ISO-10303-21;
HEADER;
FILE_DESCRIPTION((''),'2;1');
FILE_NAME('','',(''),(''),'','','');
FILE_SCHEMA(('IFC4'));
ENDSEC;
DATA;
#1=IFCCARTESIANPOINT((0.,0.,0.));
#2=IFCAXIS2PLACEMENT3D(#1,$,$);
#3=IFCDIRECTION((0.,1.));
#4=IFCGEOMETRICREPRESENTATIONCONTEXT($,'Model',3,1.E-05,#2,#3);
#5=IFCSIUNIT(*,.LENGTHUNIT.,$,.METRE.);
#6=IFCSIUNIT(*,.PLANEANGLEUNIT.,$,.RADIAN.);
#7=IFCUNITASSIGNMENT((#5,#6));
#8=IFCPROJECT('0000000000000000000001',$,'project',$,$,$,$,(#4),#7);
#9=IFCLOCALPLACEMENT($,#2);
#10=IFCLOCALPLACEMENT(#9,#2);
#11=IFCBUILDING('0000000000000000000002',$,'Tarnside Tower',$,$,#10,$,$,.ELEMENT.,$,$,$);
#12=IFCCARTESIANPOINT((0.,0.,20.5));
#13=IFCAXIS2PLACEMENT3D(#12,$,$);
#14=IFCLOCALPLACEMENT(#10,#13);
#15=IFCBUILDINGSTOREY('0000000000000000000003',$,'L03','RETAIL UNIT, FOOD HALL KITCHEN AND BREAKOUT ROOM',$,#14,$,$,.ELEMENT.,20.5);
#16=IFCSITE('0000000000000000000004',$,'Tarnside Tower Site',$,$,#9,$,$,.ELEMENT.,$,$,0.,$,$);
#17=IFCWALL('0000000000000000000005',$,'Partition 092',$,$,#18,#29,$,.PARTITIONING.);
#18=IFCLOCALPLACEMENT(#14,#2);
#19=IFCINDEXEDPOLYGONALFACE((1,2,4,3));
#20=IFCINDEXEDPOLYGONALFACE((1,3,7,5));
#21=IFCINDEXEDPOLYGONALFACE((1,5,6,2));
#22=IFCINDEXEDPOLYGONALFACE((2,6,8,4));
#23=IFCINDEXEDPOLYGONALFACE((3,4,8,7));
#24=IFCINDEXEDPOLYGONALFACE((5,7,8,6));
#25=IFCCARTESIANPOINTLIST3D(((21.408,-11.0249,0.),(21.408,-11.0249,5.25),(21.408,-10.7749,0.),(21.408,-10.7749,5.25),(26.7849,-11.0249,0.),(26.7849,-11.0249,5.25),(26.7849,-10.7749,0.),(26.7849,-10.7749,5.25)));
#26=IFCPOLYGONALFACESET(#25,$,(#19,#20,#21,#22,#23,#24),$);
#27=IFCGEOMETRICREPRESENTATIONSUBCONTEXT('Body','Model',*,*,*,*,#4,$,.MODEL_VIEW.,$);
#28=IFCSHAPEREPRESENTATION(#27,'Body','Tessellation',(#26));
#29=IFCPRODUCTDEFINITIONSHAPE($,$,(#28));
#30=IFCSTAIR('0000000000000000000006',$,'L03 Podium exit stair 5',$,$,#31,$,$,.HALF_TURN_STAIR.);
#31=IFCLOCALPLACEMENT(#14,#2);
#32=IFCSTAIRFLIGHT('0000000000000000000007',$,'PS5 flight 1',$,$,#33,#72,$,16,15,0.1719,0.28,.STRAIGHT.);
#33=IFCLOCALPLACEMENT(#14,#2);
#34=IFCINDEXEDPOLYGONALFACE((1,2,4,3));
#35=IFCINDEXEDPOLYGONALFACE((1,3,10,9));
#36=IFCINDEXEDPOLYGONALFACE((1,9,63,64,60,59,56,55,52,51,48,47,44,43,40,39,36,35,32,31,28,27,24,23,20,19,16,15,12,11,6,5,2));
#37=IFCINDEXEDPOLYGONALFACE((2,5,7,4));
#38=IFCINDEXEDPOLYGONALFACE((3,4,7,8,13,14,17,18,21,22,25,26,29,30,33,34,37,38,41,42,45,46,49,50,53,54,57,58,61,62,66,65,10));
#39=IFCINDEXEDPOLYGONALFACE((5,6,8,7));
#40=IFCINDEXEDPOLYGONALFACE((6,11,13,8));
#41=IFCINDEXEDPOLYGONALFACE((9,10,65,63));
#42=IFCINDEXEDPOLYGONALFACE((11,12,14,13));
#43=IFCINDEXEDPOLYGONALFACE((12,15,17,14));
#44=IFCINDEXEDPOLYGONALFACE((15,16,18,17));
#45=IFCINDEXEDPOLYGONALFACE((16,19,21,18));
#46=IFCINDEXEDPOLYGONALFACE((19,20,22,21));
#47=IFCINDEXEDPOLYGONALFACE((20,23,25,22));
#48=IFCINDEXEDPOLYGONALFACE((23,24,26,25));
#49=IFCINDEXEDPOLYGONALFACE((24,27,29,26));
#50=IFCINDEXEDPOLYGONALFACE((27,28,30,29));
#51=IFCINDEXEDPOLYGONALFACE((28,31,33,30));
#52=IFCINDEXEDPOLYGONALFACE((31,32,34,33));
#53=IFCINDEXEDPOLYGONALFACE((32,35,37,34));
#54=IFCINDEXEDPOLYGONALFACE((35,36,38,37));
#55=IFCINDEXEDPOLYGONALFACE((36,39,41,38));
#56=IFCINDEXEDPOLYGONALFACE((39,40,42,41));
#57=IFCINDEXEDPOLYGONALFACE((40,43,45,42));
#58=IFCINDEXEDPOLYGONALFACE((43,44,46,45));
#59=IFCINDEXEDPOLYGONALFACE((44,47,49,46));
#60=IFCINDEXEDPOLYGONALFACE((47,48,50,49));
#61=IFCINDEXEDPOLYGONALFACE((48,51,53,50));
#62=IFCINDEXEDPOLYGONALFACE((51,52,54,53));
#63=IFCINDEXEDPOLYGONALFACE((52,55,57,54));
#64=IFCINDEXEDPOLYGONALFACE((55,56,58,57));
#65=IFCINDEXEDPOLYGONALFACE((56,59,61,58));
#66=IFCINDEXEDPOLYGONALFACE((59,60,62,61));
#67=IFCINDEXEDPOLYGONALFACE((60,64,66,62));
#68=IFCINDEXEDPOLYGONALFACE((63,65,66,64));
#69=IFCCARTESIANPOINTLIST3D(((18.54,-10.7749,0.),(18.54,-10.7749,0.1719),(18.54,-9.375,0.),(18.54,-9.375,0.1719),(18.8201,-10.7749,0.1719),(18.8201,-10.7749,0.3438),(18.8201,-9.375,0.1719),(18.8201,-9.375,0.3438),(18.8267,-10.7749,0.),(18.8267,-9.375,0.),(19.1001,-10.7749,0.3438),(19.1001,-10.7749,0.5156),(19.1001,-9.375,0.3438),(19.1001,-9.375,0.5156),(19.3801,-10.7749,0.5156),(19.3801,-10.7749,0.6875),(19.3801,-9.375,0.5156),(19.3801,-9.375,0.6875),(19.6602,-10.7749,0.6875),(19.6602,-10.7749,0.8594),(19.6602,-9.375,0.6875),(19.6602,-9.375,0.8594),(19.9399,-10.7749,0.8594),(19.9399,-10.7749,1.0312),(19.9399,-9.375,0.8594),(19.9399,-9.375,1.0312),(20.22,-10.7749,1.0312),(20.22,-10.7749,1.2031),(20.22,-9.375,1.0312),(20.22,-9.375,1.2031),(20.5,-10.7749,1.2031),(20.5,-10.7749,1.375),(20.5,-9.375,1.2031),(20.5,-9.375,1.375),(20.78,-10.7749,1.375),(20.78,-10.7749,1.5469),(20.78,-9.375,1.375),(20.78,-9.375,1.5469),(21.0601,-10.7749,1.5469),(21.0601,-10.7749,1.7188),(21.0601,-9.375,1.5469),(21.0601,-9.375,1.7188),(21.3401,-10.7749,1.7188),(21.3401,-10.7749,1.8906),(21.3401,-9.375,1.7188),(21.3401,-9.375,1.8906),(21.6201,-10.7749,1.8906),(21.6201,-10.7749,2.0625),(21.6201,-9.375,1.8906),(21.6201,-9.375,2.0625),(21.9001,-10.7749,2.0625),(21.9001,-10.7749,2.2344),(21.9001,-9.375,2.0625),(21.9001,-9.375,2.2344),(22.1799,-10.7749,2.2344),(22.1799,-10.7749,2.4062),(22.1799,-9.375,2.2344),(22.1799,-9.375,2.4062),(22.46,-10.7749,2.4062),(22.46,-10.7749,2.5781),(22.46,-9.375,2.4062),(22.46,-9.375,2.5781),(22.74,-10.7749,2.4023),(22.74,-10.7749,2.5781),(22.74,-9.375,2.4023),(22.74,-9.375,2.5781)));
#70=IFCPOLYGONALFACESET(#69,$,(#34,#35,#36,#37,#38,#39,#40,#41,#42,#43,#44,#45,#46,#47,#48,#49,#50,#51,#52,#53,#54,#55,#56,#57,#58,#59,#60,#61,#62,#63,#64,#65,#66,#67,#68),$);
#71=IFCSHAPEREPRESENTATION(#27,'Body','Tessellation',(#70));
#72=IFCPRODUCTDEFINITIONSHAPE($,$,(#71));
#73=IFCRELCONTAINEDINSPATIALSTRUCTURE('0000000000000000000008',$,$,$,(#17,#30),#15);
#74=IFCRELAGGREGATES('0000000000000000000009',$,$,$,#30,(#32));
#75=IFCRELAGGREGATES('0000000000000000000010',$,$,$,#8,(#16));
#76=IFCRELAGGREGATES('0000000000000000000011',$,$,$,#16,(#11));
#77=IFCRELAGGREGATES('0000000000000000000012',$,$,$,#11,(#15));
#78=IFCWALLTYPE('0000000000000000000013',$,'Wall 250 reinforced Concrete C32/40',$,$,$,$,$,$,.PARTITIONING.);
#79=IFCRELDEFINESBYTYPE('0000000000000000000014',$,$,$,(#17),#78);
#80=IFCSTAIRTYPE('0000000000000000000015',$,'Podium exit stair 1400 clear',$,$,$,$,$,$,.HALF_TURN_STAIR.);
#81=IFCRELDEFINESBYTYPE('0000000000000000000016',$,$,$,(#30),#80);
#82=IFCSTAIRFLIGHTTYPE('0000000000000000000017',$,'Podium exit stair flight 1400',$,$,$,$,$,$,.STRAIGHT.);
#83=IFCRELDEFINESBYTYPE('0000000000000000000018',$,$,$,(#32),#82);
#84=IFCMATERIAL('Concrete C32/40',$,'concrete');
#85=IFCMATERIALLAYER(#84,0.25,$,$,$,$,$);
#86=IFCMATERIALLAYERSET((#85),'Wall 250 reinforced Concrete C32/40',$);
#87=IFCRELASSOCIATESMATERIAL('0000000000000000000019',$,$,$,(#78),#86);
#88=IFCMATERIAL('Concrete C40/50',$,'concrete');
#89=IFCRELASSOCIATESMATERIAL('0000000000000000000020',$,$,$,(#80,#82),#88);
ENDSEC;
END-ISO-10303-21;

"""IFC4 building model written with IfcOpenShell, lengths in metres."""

from ifc_helpers import new_model, si_unit, direction, frame, frame_2d, origin, place, context, subcontext, project, spatial, polyline, rectangle, outline, extrude, material, layer, layer_set, type_object, element, aggregate, save


model = new_model("IFC4")

# Units and contexts
model_context = context("Model", 3, precision=1e-05, world=origin(), true_north=direction((0.0, 1.0)))
body_context = subcontext(model_context, "Body", "Model", "MODEL_VIEW")
ifc_project = project(units=[si_unit("LENGTHUNIT", "METRE"), si_unit("PLANEANGLEUNIT", "RADIAN")], contexts=[model_context])

# Site, building, storey
site_placement = place(None, origin())
site = spatial("IfcSite", under=ifc_project, at=site_placement, Name="Tarnside Tower Site", CompositionType="ELEMENT", RefElevation=0.0)
building_placement = place(site_placement, origin())
building = spatial("IfcBuilding", under=site, at=building_placement, Name="Tarnside Tower", CompositionType="ELEMENT")
storey_placement = place(building_placement, frame((0.0, 0.0, 20.5)))
storey = spatial("IfcBuildingStorey", under=building, at=storey_placement, Name="L03", Description="RETAIL UNIT, FOOD HALL KITCHEN AND BREAKOUT ROOM", CompositionType="ELEMENT", Elevation=20.5)

# Wall
ifc_material_1 = material(Name="Concrete C32/40", Category="concrete")
ifc_layer_1 = layer(ifc_material_1, 0.25)
ifc_layer_set_1 = layer_set([ifc_layer_1], Name="Wall 250 reinforced Concrete C32/40")
wall_type_1 = type_object("IfcWallType", Name="Wall 250 reinforced Concrete C32/40", PredefinedType="PARTITIONING", material=ifc_layer_set_1)
wall_1_placement = place(storey_placement, frame((26.7849, -10.8999, 0.0), z_axis=(0.0, 0.0, 1.0), x_axis=(-1.0, 0.0, 0.0)))
element("IfcWall", 1, at=wall_1_placement, inside=storey, type_object=wall_type_1, Name="Partition 092", PredefinedType="PARTITIONING", context=body_context, shape_type="SweptSolid", body=[
    extrude(rectangle(XDim=5.377, YDim=0.25, at=frame_2d((2.6885, 0.0))), origin(), (0.0, 0.0, 1.0), 5.25),
])

# Stair, stair flight
ifc_material_2 = material(Name="Concrete C40/50", Category="concrete")
stair_type = type_object("IfcStairType", Name="Podium exit stair 1400 clear", PredefinedType="HALF_TURN_STAIR", material=ifc_material_2)
stair_placement = place(storey_placement, origin())
stair = element("IfcStair", 2, at=stair_placement, inside=storey, type_object=stair_type, Name="L03 Podium exit stair 5", PredefinedType="HALF_TURN_STAIR")
stair_flight_type = type_object("IfcStairFlightType", Name="Podium exit stair flight 1400", PredefinedType="STRAIGHT", material=ifc_material_2)
stair_flight_placement = place(storey_placement, frame((18.54, -10.075, 0.0), z_axis=(0.0, 0.0, 1.0), x_axis=(1.0, 0.0, 0.0)))
stair_flight = element("IfcStairFlight", 3, at=stair_flight_placement, type_object=stair_flight_type, Name="PS5 flight 1", NumberOfRisers=16, NumberOfTreads=15, PredefinedType="STRAIGHT", RiserHeight=0.1719, TreadLength=0.28, context=body_context, shape_type="SweptSolid", body=[
    extrude(outline(polyline([(0.0, 0.0), (0.0, 0.1719), (0.28, 0.1719), (0.28, 0.3438), (0.5601, 0.3438), (0.5601, 0.5156), (0.8401, 0.5156), (0.8401, 0.6875), (1.1201, 0.6875), (1.1201, 0.8594), (1.3999, 0.8594), (1.3999, 1.0312), (1.6799, 1.0312), (1.6799, 1.2031), (1.96, 1.2031), (1.96, 1.375), (2.24, 1.375), (2.24, 1.5469), (2.52, 1.5469), (2.52, 1.7188), (2.8, 1.7188), (2.8, 1.8906), (3.0801, 1.8906), (3.0801, 2.0625), (3.3601, 2.0625), (3.3601, 2.2344), (3.6399, 2.2344), (3.6399, 2.4062), (3.9199, 2.4062), (3.9199, 2.5781), (4.2, 2.5781), (4.2, 2.75), (4.2, 2.4023), (0.2866, 0.0), (0.0, 0.0)])), frame((0.0, 0.7, 0.0), z_axis=(0.0, -1.0, 0.0), x_axis=(1.0, 0.0, 0.0)), (0.0, 0.0, 1.0), 1.3999),
])
aggregate(stair, [stair_flight])

save(model, "model.ifc")
